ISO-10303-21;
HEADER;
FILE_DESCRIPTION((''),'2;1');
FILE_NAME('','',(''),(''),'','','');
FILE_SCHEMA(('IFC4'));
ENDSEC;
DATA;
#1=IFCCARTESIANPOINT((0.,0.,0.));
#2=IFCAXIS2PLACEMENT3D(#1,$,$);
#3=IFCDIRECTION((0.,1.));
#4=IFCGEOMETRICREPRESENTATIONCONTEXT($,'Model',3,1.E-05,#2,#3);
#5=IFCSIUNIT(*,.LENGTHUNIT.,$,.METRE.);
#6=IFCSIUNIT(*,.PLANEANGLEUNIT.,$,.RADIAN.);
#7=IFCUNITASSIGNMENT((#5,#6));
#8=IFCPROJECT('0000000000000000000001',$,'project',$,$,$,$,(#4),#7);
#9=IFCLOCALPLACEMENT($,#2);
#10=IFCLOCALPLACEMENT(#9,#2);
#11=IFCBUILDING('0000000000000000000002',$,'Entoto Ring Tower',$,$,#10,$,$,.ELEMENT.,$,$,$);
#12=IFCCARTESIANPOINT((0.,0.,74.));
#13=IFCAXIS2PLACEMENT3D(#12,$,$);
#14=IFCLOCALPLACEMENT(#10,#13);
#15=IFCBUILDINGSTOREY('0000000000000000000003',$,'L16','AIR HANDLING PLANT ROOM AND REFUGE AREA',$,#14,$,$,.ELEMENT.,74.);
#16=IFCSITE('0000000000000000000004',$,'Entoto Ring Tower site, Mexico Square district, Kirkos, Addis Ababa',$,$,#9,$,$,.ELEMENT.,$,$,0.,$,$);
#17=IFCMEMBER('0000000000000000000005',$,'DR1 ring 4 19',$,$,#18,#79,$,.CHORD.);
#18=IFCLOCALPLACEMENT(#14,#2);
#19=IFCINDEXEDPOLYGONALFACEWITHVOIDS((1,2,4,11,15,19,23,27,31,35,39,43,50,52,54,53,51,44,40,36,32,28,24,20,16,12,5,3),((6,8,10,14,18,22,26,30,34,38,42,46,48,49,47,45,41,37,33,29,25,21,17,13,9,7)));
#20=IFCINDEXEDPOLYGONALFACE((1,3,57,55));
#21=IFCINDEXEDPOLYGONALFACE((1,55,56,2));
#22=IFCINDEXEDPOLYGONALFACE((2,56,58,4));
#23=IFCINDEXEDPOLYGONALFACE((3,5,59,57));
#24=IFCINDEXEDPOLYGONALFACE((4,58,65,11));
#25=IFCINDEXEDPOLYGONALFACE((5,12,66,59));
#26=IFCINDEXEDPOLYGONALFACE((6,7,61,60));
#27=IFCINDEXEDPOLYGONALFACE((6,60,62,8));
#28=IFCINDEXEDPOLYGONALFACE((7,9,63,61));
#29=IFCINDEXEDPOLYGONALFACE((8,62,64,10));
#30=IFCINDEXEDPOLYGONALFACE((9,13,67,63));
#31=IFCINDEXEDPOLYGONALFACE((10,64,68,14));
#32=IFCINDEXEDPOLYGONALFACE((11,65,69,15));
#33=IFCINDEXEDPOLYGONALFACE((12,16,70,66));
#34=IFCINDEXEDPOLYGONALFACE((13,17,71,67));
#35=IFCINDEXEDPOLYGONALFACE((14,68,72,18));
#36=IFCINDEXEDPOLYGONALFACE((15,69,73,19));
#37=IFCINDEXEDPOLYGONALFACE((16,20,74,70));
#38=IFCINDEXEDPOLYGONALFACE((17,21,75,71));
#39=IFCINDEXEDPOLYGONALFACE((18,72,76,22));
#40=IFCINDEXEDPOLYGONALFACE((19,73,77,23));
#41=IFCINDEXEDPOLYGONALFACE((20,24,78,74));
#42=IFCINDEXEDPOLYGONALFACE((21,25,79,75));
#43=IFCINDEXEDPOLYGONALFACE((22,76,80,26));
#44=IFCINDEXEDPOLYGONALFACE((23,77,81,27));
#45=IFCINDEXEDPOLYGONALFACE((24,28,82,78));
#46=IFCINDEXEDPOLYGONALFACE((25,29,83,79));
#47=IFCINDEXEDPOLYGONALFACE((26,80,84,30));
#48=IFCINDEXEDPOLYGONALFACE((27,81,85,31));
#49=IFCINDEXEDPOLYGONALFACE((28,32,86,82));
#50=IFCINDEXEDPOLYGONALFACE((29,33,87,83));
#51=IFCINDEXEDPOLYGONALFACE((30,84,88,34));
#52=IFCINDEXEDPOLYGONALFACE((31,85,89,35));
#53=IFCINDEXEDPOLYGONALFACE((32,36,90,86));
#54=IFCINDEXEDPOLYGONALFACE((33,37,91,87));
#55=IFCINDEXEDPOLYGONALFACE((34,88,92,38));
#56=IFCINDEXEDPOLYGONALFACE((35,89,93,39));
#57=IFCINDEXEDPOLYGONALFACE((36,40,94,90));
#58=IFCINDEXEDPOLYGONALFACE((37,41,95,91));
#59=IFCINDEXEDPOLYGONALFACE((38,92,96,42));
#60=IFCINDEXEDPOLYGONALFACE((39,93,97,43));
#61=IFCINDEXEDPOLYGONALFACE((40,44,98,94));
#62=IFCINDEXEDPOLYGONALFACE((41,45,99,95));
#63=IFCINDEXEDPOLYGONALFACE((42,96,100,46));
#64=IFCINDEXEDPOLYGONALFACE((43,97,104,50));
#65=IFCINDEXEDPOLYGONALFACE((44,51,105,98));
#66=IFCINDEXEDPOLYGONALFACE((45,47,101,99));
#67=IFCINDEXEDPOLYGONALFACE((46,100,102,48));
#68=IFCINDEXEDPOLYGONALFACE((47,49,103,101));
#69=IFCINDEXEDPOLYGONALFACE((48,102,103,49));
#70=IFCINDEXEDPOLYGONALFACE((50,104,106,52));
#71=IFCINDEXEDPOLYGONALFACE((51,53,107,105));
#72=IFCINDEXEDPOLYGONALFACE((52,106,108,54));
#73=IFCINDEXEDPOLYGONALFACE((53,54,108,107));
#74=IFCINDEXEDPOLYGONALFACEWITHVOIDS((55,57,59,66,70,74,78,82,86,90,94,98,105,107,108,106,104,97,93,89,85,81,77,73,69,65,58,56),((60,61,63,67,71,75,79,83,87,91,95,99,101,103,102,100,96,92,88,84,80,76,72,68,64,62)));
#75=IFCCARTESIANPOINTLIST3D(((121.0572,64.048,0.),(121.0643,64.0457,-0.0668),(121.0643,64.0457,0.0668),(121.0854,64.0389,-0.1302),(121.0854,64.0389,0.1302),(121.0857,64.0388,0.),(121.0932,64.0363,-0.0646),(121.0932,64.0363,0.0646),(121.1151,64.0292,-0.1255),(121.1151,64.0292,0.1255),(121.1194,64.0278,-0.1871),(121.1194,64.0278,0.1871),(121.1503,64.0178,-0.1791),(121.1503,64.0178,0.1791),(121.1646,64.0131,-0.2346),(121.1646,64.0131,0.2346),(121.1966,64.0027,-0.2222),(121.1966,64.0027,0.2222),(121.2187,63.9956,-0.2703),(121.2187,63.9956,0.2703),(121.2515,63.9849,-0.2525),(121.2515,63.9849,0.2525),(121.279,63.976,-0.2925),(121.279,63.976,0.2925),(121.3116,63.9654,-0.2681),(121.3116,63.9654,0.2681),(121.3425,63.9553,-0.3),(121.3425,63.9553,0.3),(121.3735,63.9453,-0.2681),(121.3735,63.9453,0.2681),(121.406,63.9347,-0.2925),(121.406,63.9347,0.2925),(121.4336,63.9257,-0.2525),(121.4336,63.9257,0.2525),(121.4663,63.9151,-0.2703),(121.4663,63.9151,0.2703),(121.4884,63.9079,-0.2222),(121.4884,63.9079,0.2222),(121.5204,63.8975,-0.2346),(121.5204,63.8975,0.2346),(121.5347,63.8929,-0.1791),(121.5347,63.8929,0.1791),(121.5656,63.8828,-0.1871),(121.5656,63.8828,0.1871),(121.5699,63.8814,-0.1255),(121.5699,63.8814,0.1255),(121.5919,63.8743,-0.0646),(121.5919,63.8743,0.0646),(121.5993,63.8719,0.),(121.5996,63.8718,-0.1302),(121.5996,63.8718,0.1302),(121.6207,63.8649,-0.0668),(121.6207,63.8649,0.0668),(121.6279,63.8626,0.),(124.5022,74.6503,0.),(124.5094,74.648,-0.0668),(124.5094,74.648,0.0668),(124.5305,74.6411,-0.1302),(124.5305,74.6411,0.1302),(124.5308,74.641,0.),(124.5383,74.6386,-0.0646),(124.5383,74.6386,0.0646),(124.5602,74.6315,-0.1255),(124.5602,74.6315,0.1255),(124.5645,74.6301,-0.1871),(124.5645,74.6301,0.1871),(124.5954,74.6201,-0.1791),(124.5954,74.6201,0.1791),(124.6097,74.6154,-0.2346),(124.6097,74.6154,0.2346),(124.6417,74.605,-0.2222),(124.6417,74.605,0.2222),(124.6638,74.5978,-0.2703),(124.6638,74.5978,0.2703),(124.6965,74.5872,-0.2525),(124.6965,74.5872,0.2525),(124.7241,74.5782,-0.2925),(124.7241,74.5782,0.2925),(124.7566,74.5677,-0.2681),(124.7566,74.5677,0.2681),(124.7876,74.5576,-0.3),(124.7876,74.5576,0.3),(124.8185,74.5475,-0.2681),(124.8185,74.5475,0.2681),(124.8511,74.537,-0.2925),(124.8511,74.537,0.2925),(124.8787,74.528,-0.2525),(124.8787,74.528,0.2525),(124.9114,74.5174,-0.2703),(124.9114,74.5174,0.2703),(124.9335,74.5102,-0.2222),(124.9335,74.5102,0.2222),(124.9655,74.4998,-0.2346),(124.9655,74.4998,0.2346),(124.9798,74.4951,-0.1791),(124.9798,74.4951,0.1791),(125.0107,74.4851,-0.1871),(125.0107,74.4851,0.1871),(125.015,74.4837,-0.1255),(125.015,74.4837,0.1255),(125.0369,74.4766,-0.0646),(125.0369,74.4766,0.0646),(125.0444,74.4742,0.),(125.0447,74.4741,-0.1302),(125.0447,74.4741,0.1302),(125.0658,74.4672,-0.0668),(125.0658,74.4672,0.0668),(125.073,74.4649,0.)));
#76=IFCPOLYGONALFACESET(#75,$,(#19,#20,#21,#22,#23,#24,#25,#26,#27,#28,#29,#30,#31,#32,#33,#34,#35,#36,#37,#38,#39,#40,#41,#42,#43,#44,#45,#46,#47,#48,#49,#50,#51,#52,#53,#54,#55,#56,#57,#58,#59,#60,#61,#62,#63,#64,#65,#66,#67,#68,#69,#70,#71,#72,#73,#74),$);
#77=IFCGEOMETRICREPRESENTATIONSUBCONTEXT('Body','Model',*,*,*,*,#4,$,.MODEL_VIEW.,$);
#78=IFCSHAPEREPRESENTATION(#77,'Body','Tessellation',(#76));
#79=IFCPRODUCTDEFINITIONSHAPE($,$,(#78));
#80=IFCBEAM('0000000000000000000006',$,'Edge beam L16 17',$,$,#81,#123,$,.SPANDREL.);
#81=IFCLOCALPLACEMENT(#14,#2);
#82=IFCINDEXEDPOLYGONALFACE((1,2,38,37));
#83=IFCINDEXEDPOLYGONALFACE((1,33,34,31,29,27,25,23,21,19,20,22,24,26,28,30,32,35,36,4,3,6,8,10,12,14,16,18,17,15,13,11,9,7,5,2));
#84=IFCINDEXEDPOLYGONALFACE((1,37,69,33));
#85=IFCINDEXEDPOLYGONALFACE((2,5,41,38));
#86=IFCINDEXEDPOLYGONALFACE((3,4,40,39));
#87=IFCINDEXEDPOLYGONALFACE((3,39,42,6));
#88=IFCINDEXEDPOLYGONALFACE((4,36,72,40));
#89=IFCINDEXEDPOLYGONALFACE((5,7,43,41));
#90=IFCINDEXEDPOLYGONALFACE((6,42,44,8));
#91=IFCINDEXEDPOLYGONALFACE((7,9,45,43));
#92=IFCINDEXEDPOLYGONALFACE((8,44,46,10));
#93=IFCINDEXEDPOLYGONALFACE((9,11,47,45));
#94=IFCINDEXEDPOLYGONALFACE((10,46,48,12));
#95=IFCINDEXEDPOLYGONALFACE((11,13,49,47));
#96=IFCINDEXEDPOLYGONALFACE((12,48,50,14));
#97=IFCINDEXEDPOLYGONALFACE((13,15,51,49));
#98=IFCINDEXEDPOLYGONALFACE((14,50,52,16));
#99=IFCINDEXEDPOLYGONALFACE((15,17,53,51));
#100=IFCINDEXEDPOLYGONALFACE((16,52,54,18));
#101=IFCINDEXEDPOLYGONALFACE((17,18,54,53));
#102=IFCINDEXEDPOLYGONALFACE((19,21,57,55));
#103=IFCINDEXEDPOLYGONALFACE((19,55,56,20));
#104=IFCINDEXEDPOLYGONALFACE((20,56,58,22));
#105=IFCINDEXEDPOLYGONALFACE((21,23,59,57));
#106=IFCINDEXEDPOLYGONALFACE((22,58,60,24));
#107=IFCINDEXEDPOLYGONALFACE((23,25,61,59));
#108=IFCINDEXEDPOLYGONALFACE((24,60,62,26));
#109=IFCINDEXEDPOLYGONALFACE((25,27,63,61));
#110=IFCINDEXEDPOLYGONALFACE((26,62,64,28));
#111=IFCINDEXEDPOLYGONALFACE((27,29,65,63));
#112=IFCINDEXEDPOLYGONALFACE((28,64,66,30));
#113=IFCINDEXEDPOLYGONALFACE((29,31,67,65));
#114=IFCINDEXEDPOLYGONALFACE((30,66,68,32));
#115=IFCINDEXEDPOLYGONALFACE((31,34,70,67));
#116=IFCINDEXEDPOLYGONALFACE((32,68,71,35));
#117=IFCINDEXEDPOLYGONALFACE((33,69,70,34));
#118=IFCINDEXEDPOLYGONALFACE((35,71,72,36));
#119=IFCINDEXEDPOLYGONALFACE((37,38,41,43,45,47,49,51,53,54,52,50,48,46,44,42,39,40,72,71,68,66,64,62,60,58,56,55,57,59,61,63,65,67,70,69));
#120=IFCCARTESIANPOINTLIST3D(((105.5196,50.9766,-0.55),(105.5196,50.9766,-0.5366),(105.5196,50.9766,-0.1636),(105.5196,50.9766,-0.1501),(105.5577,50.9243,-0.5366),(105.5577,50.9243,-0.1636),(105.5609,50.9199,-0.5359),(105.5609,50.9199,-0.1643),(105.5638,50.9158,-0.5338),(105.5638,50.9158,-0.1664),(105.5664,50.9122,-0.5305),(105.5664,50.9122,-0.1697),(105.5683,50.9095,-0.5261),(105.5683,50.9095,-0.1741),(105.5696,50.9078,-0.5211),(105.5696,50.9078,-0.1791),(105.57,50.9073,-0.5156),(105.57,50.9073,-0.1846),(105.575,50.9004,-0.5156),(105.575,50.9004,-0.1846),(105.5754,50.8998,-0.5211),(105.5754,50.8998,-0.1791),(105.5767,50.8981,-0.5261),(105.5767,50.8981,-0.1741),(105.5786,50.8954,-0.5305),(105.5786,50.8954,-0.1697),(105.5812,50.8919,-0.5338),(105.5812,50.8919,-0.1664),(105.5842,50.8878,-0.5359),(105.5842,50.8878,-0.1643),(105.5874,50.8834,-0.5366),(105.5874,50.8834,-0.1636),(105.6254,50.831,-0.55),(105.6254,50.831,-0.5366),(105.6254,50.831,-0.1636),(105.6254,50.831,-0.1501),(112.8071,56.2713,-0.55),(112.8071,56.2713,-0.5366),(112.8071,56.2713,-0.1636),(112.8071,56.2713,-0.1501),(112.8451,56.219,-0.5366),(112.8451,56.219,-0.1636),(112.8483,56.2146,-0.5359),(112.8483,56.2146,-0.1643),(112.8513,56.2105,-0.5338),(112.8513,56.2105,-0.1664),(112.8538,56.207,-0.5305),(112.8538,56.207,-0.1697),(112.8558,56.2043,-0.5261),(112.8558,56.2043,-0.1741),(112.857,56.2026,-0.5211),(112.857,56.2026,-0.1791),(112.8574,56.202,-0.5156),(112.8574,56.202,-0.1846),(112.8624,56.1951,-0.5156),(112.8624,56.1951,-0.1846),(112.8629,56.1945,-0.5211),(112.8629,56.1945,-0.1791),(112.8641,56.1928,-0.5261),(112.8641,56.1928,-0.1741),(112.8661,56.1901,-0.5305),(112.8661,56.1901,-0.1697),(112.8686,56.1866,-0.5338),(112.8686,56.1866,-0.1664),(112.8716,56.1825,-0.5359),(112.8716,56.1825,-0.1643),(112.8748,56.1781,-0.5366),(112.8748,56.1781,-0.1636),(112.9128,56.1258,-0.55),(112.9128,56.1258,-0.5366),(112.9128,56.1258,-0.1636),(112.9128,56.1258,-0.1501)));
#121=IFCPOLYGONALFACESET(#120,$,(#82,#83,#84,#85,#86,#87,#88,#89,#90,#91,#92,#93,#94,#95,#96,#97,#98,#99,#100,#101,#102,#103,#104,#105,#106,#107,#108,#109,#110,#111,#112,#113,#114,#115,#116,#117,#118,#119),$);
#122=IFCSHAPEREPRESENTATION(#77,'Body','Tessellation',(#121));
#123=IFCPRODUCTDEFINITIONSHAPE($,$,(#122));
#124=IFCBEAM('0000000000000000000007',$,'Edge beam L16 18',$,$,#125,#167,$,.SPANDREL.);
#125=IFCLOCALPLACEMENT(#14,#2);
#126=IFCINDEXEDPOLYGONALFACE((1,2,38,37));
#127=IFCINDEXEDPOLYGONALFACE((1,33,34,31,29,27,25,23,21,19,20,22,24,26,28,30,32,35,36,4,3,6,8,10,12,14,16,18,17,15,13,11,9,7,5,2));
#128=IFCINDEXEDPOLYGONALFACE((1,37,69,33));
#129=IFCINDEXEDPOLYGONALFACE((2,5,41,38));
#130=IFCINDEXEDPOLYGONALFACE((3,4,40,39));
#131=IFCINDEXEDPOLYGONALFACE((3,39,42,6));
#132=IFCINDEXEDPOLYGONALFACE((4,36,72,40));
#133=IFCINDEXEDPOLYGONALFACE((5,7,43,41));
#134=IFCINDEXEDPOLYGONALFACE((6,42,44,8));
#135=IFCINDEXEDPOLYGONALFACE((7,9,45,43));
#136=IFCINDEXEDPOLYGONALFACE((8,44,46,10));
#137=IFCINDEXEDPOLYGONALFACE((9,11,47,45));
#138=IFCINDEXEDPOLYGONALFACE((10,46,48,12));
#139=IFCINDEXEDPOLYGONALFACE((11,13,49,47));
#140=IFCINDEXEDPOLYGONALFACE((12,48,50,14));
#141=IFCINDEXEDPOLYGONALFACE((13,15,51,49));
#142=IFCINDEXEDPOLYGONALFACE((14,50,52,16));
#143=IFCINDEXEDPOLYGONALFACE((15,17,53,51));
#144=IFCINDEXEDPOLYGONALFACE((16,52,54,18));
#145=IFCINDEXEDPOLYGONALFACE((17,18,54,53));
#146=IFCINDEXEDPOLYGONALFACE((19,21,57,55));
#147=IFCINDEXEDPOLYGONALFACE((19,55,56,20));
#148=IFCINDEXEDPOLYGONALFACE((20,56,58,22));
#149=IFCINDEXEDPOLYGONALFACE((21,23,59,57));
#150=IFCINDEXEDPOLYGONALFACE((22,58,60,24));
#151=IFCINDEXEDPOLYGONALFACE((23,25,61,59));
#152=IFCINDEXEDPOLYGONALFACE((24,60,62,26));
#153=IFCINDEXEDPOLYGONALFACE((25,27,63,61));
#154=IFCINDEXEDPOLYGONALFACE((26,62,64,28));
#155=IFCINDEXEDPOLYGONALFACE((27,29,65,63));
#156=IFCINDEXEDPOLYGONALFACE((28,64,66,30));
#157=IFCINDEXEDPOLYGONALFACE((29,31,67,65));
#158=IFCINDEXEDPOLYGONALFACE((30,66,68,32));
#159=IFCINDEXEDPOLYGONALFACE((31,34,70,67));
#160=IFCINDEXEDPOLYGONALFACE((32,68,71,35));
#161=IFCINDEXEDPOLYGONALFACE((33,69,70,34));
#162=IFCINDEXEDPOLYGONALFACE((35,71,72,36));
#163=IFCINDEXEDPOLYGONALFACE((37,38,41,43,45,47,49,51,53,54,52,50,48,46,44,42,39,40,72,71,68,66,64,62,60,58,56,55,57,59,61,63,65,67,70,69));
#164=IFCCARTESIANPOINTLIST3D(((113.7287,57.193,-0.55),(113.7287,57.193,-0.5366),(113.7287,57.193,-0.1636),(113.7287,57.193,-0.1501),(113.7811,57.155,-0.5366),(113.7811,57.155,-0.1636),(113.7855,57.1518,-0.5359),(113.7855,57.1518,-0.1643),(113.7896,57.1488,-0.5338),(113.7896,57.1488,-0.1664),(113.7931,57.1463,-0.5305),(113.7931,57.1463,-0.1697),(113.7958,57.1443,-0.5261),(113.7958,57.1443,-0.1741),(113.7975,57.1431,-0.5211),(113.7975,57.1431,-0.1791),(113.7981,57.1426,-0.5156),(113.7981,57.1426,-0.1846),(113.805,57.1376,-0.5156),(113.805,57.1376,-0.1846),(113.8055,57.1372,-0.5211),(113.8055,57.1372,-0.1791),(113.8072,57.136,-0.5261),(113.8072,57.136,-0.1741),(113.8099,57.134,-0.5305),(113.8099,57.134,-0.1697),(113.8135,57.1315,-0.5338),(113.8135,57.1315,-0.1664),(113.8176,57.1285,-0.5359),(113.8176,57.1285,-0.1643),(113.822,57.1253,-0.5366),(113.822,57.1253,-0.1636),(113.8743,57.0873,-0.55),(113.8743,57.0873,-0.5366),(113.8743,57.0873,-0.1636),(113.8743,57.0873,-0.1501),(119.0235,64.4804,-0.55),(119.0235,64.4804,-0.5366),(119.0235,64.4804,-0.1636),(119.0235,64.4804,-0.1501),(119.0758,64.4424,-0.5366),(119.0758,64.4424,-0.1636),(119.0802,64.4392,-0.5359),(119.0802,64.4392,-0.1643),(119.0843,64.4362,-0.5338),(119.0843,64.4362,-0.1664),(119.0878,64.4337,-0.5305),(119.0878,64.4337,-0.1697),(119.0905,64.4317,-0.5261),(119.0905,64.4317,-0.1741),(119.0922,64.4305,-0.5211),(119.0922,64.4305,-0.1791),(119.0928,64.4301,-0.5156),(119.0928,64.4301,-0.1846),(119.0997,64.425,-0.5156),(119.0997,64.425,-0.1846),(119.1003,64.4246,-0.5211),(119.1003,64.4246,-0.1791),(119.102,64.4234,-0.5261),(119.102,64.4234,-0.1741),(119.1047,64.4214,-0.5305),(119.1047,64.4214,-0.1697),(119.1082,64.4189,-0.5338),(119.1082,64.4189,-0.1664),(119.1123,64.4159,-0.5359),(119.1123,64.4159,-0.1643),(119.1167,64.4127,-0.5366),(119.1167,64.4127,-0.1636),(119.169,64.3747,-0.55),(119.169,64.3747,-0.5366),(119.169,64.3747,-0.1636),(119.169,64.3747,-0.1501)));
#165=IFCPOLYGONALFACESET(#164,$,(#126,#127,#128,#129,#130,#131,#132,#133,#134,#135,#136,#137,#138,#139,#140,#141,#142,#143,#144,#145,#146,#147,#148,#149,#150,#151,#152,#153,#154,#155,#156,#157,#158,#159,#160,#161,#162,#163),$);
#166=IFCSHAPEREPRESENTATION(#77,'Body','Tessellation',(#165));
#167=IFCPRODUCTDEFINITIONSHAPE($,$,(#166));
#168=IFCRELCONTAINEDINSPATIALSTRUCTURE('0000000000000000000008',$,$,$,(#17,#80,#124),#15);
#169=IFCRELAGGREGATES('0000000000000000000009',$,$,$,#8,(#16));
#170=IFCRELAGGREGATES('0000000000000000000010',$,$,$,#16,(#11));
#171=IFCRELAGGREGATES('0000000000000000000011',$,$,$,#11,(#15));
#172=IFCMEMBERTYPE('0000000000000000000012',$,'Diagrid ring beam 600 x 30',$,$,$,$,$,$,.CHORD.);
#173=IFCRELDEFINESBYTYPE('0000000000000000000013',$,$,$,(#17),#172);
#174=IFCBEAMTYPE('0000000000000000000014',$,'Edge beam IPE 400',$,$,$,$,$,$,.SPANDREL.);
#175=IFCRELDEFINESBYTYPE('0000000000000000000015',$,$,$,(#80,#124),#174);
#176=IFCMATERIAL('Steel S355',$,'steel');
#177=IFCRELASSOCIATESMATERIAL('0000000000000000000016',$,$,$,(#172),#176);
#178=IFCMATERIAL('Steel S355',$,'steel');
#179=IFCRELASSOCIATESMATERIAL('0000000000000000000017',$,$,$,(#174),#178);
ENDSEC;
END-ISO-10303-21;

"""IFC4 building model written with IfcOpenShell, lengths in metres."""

from ifc_helpers import new_model, si_unit, direction, frame, origin, origin_2d, place, context, subcontext, project, spatial, circle, hollow_circle, i_section, extrude, material, material_profile, profile_set, type_object, element, save


model = new_model("IFC4")

# Units and contexts
model_context = context("Model", 3, precision=1e-05, world=origin(), true_north=direction((0.0, 1.0)))
body_context = subcontext(model_context, "Body", "Model", "MODEL_VIEW")
ifc_project = project(units=[si_unit("LENGTHUNIT", "METRE"), si_unit("PLANEANGLEUNIT", "RADIAN")], contexts=[model_context])

# Site, building, storey
site_placement = place(None, origin())
site = spatial("IfcSite", under=ifc_project, at=site_placement, Name="Entoto Ring Tower site, Mexico Square district, Kirkos, Addis Ababa", CompositionType="ELEMENT", RefElevation=0.0)
building_placement = place(site_placement, origin())
building = spatial("IfcBuilding", under=site, at=building_placement, Name="Entoto Ring Tower", CompositionType="ELEMENT")
storey_placement = place(building_placement, frame((0.0, 0.0, 74.0)))
storey = spatial("IfcBuildingStorey", under=building, at=storey_placement, Name="L16", Description="AIR HANDLING PLANT ROOM AND REFUGE AREA", CompositionType="ELEMENT", Elevation=74.0)

# Member
ifc_material_1 = material(Name="Steel S355", Category="steel")
ifc_material_profile_1 = material_profile(ifc_material_1, hollow_circle(Radius=0.3, WallThickness=0.03, at=origin_2d()), Name="CHS 600 x 30")
ifc_material_2 = material(Name="Concrete C60/75", Category="concrete")
ifc_material_profile_2 = material_profile(ifc_material_2, circle(Radius=0.27, at=origin_2d()), Name="Concrete C60/75 infill")
ifc_profile_set_1 = profile_set([ifc_material_profile_1, ifc_material_profile_2], Name="Steel S355")
member_type_1 = type_object("IfcMemberType", Name="Diagrid ring beam 600 x 30", PredefinedType="CHORD", material=ifc_profile_set_1)
for number, where, z_axis, x_axis, name in (
    (1, (121.3425, 63.9553, 0.0), (0.309031, 0.951052, 0.0), (-0.951052, 0.309031, 0.0), "DR1 ring 4 19"),
):
    element("IfcMember", number, at=place(storey_placement, frame(where, z_axis=z_axis, x_axis=x_axis)), inside=storey, type_object=member_type_1, Name=name, PredefinedType="CHORD", context=body_context, shape_type="SweptSolid", body=[
        extrude(hollow_circle(Radius=0.3, WallThickness=0.03, at=origin_2d()), origin(), (0.0, 0.0, 1.0), 11.1479),
    ])

# Beams
ifc_material_3 = material(Name="Steel S355", Category="steel")
ifc_material_profile_3 = material_profile(ifc_material_3, i_section(OverallWidth=0.1799, OverallDepth=0.3999, WebThickness=0.0085, FlangeThickness=0.0134, FilletRadius=0.021, at=origin_2d()), Name="IPE 400")
ifc_profile_set_2 = profile_set([ifc_material_profile_3], Name="Steel S355")
beam_type = type_object("IfcBeamType", Name="Edge beam IPE 400", PredefinedType="SPANDREL", material=ifc_profile_set_2)
for number, where, z_axis, x_axis, name in (
    (2, (105.5725, 50.9038, -0.3501), (0.809011, 0.587793, 0.0), (-0.587793, 0.809011, 0.0), "Edge beam L16 17"),
    (3, (113.8015, 57.1401, -0.3501), (0.587793, 0.809011, 0.0), (-0.809011, 0.587793, 0.0), "Edge beam L16 18"),
):
    element("IfcBeam", number, at=place(storey_placement, frame(where, z_axis=z_axis, x_axis=x_axis)), inside=storey, type_object=beam_type, Name=name, PredefinedType="SPANDREL", context=body_context, shape_type="SweptSolid", body=[
        extrude(i_section(OverallWidth=0.1799, OverallDepth=0.3999, WebThickness=0.0085, FlangeThickness=0.0134, FilletRadius=0.021, at=origin_2d()), origin(), (0.0, 0.0, 1.0), 9.0078),
    ])

save(model, "model.ifc")
